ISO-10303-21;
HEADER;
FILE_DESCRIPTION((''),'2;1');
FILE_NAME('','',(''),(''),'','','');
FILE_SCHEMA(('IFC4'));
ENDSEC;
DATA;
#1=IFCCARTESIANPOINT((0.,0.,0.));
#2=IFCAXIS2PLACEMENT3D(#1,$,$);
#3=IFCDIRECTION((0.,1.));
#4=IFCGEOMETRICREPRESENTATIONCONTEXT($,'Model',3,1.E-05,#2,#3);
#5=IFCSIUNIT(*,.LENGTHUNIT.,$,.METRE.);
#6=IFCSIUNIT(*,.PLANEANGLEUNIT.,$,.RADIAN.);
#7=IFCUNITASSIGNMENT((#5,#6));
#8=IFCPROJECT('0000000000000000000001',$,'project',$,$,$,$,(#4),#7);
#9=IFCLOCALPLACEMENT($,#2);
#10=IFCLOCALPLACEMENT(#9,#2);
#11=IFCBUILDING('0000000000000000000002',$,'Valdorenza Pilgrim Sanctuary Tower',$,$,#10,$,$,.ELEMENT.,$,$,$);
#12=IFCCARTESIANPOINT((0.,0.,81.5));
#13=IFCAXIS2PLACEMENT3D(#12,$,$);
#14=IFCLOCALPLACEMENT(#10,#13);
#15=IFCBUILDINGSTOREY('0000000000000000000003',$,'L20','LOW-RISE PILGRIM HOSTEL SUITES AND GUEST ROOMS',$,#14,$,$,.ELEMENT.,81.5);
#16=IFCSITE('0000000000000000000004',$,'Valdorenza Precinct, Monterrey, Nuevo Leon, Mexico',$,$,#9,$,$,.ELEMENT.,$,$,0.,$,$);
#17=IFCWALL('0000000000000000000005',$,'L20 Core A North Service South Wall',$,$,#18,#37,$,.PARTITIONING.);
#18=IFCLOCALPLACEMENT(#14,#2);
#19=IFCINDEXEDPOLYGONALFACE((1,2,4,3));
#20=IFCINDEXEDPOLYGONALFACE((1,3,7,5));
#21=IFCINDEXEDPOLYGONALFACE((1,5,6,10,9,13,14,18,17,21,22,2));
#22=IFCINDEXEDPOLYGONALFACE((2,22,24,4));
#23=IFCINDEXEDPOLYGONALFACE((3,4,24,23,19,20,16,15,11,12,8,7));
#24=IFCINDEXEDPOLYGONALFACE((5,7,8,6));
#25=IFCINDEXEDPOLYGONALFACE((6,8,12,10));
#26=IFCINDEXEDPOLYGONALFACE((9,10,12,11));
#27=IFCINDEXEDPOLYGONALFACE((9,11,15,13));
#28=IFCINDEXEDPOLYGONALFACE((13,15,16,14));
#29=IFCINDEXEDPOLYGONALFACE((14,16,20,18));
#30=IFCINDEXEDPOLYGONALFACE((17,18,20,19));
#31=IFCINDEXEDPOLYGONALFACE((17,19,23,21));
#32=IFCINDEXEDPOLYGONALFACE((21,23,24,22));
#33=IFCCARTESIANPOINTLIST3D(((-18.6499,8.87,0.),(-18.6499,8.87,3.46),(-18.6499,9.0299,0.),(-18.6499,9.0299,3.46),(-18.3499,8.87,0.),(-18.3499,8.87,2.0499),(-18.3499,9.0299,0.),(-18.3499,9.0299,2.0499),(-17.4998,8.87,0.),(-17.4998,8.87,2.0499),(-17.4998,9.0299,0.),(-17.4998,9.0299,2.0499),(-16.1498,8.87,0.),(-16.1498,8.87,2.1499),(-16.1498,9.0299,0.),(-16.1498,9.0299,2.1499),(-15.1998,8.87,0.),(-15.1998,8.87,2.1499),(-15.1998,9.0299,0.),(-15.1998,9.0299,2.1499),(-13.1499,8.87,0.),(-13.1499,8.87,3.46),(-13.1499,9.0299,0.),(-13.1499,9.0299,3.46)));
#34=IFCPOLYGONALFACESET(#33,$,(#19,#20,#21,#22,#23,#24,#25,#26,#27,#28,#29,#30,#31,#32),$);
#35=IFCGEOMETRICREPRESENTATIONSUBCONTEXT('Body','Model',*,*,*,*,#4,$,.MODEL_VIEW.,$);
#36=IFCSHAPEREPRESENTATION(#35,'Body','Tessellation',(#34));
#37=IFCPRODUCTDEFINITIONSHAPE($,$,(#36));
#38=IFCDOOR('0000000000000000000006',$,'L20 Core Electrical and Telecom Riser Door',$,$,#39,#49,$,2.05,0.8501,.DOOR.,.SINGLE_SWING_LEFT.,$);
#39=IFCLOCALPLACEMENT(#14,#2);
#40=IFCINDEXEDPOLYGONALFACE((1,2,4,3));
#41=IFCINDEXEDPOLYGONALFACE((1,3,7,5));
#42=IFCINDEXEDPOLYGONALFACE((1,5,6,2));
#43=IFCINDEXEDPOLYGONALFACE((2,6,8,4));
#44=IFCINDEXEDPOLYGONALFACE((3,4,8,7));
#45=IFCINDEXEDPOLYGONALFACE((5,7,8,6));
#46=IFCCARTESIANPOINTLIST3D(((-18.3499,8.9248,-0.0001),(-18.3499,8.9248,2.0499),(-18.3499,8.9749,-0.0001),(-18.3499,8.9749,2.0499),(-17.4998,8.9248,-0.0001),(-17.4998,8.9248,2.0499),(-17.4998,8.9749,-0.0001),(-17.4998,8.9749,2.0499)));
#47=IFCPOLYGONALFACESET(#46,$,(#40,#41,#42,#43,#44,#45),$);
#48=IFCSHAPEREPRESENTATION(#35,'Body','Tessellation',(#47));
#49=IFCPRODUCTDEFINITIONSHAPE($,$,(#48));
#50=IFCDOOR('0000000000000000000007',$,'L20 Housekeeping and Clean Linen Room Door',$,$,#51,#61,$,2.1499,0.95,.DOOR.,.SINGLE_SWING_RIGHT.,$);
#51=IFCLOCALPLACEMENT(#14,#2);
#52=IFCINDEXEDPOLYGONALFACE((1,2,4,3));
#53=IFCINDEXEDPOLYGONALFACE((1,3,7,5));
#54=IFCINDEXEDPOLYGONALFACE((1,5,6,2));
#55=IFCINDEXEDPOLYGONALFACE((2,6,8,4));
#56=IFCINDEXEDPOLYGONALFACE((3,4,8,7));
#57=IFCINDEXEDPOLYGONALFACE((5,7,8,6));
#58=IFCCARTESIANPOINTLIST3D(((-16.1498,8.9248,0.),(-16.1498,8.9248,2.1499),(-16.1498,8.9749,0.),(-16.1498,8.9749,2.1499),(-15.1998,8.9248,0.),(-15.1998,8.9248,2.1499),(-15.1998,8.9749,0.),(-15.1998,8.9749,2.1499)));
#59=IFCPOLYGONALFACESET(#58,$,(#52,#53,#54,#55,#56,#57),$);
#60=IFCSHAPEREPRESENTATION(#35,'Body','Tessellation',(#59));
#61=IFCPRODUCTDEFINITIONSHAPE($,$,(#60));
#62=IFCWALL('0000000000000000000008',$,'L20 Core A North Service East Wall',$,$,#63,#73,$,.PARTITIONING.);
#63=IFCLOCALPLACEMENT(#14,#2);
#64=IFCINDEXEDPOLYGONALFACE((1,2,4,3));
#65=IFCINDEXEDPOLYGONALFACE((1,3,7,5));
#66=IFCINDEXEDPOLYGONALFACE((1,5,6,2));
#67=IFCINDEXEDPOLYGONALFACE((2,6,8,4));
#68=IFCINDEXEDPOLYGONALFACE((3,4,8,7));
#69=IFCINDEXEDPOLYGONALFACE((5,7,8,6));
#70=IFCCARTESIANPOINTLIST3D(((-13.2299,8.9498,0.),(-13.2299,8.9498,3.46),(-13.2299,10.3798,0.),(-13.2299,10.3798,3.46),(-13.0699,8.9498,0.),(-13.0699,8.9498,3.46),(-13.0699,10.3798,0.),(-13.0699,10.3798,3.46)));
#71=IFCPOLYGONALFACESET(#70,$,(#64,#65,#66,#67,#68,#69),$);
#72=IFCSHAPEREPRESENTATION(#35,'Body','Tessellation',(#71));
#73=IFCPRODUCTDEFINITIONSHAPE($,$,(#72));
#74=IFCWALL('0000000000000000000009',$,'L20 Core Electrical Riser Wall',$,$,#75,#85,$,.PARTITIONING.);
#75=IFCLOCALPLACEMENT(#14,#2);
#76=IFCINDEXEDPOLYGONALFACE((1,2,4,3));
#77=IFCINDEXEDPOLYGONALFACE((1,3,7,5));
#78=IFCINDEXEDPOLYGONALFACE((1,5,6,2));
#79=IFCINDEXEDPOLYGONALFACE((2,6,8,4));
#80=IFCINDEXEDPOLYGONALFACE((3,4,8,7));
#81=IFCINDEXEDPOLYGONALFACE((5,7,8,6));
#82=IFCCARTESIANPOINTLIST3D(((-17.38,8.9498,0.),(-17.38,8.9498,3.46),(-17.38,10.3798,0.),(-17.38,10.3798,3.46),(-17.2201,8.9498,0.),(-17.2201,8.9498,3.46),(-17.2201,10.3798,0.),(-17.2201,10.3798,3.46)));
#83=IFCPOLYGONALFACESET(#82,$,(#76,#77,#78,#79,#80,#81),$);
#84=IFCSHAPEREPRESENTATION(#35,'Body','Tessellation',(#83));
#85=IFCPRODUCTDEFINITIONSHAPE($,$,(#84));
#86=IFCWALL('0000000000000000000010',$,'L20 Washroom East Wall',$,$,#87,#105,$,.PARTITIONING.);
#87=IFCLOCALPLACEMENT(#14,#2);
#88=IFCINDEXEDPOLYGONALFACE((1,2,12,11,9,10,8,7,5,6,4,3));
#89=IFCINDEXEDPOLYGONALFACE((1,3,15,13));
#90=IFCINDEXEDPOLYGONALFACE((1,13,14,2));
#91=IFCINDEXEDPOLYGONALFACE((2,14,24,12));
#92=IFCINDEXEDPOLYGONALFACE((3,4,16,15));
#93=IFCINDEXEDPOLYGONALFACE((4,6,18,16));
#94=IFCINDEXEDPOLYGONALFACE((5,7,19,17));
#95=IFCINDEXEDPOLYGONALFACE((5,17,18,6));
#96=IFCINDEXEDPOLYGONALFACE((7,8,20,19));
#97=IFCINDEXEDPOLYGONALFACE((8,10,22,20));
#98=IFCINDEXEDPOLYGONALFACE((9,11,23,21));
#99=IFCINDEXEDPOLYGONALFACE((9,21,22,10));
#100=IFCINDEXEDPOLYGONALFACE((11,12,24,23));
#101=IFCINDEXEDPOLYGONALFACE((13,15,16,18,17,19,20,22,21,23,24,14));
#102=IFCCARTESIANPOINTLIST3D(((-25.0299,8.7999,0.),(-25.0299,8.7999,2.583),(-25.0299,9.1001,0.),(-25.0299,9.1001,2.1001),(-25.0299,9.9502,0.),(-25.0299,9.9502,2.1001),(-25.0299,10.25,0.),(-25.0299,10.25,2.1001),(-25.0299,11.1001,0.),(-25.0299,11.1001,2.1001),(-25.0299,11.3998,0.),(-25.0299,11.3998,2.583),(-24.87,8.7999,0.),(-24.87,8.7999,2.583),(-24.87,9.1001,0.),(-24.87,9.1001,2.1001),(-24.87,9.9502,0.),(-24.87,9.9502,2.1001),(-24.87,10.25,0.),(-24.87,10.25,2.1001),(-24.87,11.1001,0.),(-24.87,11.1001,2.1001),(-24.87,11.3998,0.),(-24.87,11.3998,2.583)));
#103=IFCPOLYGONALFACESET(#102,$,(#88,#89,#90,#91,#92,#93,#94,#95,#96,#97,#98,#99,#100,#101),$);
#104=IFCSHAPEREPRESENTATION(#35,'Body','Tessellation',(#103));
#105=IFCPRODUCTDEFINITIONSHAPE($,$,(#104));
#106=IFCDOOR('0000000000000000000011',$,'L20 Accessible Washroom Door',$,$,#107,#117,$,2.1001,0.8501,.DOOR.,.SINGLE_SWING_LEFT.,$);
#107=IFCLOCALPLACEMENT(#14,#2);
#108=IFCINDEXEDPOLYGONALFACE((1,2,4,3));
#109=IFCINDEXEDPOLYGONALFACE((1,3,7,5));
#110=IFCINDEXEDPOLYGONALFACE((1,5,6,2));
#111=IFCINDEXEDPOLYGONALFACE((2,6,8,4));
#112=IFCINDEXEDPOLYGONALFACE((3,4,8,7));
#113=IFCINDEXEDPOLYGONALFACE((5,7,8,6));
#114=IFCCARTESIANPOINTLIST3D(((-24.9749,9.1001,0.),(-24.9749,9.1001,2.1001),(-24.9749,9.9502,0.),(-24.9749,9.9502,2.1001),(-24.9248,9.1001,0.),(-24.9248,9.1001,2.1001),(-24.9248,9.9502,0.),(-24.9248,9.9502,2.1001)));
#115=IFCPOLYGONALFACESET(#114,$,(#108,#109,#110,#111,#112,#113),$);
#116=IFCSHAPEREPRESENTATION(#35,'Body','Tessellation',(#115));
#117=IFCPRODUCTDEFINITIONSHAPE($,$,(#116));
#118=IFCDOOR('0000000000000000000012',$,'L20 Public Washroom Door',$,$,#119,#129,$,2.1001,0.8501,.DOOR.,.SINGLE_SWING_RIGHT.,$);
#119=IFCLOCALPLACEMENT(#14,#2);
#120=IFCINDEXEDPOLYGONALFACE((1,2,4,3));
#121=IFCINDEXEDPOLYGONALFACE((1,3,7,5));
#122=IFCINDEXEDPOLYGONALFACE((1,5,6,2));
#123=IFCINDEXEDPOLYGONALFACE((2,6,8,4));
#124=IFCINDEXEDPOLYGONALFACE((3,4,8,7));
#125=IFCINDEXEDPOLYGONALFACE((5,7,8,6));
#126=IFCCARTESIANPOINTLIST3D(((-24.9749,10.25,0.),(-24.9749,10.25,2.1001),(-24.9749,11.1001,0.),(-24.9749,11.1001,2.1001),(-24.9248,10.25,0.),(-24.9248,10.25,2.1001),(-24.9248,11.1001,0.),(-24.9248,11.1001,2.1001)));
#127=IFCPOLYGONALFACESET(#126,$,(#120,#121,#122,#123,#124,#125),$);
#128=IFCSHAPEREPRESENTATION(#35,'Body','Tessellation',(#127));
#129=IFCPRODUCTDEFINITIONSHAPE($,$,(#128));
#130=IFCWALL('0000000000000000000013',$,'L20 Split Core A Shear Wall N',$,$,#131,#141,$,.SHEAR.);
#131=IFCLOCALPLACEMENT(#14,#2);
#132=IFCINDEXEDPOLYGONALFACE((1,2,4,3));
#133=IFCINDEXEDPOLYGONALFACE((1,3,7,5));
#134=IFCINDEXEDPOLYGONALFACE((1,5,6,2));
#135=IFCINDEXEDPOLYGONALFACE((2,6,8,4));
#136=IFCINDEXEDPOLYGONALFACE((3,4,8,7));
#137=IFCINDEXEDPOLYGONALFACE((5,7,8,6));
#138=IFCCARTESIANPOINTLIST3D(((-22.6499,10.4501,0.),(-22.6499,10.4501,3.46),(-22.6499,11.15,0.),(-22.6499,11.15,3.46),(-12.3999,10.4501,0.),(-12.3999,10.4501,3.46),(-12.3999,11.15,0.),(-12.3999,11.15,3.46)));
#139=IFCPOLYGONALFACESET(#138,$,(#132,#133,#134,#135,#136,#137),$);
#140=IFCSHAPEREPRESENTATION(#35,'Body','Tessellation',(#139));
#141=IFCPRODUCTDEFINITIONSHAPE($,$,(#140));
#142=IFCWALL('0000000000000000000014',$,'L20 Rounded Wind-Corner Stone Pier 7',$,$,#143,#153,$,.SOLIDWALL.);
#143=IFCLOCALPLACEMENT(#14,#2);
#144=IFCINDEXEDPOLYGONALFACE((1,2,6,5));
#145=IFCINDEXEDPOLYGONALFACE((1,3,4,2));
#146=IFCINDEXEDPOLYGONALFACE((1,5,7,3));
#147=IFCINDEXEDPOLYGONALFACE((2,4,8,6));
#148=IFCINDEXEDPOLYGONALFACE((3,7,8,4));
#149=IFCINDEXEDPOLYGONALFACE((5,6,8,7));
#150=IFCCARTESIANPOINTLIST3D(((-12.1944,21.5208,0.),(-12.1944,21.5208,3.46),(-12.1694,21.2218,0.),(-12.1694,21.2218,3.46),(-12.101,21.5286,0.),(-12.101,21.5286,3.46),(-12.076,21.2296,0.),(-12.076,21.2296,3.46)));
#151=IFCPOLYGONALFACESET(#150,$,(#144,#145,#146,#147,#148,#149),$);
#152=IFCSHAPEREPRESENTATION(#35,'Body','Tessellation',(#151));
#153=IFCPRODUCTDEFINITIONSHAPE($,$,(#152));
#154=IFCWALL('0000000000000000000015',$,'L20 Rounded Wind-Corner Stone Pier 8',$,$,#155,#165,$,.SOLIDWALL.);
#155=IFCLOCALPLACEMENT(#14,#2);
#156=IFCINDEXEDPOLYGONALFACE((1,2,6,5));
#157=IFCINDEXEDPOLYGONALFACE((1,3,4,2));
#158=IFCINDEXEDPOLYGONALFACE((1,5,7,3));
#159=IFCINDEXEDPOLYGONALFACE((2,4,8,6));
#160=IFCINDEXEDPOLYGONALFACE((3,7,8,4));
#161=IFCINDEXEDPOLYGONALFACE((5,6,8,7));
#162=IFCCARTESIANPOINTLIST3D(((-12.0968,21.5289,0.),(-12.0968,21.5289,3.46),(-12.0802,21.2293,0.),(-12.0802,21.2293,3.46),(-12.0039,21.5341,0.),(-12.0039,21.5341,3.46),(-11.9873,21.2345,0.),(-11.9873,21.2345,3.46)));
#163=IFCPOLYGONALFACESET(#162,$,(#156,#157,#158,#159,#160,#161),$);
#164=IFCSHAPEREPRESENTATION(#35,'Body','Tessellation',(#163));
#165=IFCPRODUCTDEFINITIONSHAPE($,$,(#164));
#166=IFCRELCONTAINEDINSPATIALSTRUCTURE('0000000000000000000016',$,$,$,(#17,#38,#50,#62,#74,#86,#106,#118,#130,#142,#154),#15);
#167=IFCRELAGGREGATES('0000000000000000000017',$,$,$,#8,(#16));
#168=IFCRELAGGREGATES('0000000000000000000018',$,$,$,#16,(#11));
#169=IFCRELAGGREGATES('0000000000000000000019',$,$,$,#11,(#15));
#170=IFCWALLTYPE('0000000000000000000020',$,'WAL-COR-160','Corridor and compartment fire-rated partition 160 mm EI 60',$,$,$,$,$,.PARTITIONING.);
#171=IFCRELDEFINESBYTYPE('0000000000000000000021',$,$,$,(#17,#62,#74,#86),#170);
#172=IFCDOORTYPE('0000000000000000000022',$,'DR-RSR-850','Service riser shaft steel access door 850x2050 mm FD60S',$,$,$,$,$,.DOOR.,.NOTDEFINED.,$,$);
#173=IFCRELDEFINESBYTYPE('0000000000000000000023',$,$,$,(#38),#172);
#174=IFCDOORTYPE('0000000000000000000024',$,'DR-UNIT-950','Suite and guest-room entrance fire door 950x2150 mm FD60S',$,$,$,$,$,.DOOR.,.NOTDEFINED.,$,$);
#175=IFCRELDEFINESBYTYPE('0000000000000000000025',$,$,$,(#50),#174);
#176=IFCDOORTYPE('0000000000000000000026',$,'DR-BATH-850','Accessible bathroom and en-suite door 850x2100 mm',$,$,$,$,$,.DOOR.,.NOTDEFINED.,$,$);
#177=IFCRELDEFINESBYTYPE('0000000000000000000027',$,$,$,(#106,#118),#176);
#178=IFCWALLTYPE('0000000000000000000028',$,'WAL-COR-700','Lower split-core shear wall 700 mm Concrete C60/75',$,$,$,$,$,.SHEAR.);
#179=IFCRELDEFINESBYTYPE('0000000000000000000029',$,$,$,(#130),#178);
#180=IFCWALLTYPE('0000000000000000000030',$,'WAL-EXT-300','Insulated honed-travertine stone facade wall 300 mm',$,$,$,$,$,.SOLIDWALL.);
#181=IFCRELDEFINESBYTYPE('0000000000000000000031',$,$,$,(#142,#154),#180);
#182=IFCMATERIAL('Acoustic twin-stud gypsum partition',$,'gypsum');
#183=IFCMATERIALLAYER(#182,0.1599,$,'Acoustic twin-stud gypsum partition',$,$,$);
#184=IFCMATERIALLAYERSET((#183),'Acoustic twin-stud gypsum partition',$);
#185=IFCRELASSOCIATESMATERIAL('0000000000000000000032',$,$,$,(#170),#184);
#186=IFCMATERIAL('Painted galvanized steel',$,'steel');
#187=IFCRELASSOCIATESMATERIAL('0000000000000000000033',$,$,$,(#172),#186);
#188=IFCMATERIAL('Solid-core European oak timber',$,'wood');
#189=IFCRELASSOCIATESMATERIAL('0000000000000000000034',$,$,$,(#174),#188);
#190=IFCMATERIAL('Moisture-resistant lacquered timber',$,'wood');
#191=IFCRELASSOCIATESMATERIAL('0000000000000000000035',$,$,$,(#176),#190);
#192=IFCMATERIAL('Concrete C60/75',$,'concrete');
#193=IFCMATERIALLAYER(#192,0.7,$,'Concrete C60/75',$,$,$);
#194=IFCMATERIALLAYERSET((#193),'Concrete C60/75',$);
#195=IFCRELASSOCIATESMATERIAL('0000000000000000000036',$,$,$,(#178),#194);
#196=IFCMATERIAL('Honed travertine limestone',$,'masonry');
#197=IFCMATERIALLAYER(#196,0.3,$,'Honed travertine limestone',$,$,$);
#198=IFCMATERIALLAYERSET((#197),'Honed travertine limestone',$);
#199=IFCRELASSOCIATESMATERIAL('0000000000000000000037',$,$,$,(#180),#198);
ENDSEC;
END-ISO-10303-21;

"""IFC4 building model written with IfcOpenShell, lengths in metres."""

from ifc_helpers import new_model, si_unit, direction, frame, frame_2d, origin, place, context, subcontext, project, spatial, rectangle, extrude, material, layer, layer_set, type_object, element, fill, save


model = new_model("IFC4")

# Units and contexts
model_context = context("Model", 3, precision=1e-05, world=origin(), true_north=direction((0.0, 1.0)))
body_context = subcontext(model_context, "Body", "Model", "MODEL_VIEW")
ifc_project = project(units=[si_unit("LENGTHUNIT", "METRE"), si_unit("PLANEANGLEUNIT", "RADIAN")], contexts=[model_context])

# Site, building, storey
site_placement = place(None, origin())
site = spatial("IfcSite", under=ifc_project, at=site_placement, Name="Valdorenza Precinct, Monterrey, Nuevo Leon, Mexico", CompositionType="ELEMENT", RefElevation=0.0)
building_placement = place(site_placement, origin())
building = spatial("IfcBuilding", under=site, at=building_placement, Name="Valdorenza Pilgrim Sanctuary Tower", CompositionType="ELEMENT")
storey_placement = place(building_placement, frame((0.0, 0.0, 81.5)))
storey = spatial("IfcBuildingStorey", under=building, at=storey_placement, Name="L20", Description="LOW-RISE PILGRIM HOSTEL SUITES AND GUEST ROOMS", CompositionType="ELEMENT", Elevation=81.5)

# Shared definitions
ifc_material_1 = material(Name="Concrete C60/75", Category="concrete")

# Shared definitions
ifc_material_2 = material(Name="Honed travertine limestone", Category="masonry")

# Wall, openings, doors
ifc_material_3 = material(Name="Acoustic twin-stud gypsum partition", Category="gypsum")
ifc_layer_1 = layer(ifc_material_3, 0.1599, Name="Acoustic twin-stud gypsum partition")
ifc_layer_set_1 = layer_set([ifc_layer_1], Name="Acoustic twin-stud gypsum partition")
wall_type_1 = type_object("IfcWallType", Name="WAL-COR-160", Description="Corridor and compartment fire-rated partition 160 mm EI 60", PredefinedType="PARTITIONING", material=ifc_layer_set_1)
wall_1_placement = place(storey_placement, frame((-18.6499, 8.95, 0.0), z_axis=(0.0, 0.0, 1.0), x_axis=(1.0, 0.0, 0.0)))
wall_1 = element("IfcWall", 1, at=wall_1_placement, inside=storey, type_object=wall_type_1, Name="L20 Core A North Service South Wall", PredefinedType="PARTITIONING", context=body_context, shape_type="SweptSolid", body=[
    extrude(rectangle(XDim=5.5, YDim=0.1599, at=frame_2d((2.75, 0.0))), origin(), (0.0, 0.0, 1.0), 3.46),
])
opening_1_placement = place(wall_1_placement, frame((0.3, 0.0, 0.0)))
opening_1 = element("IfcOpeningElement", 2, at=opening_1_placement, cuts=wall_1, PredefinedType="OPENING", context=body_context, shape_type="SweptSolid", body=[
    extrude(rectangle(XDim=0.8501, YDim=2.05, at=frame_2d((0.425, 1.0249))), frame((0.0, 0.0947, 0.0), z_axis=(0.0, -1.0, 0.0), x_axis=(1.0, 0.0, 0.0)), (0.0, 0.0, 1.0), 0.1897),
])
opening_2_placement = place(wall_1_placement, frame((2.5, 0.0, 0.0)))
opening_2 = element("IfcOpeningElement", 3, at=opening_2_placement, cuts=wall_1, PredefinedType="OPENING", context=body_context, shape_type="SweptSolid", body=[
    extrude(rectangle(XDim=0.95, YDim=2.1499, at=frame_2d((0.4751, 1.075))), frame((0.0, 0.0947, 0.0), z_axis=(0.0, -1.0, 0.0), x_axis=(1.0, 0.0, 0.0)), (0.0, 0.0, 1.0), 0.1897),
])
ifc_material_4 = material(Name="Painted galvanized steel", Category="steel")
door_type_1 = type_object("IfcDoorType", Name="DR-RSR-850", Description="Service riser shaft steel access door 850x2050 mm FD60S", OperationType="NOTDEFINED", PredefinedType="DOOR", material=ifc_material_4)
door_1_placement = place(opening_1_placement, origin())
door_1 = element("IfcDoor", 4, at=door_1_placement, inside=storey, type_object=door_type_1, Name="L20 Core Electrical and Telecom Riser Door", OperationType="SINGLE_SWING_LEFT", OverallHeight=2.05, OverallWidth=0.8501, PredefinedType="DOOR", context=body_context, shape_type="SweptSolid", body=[
    extrude(rectangle(XDim=0.8501, YDim=2.05, at=frame_2d((0.425, 1.0249))), frame((0.0, 0.0249, 0.0), z_axis=(0.0, -1.0, 0.0), x_axis=(1.0, 0.0, 0.0)), (0.0, 0.0, 1.0), 0.05),
])
fill(opening_1, door_1)
ifc_material_5 = material(Name="Solid-core European oak timber", Category="wood")
door_type_2 = type_object("IfcDoorType", Name="DR-UNIT-950", Description="Suite and guest-room entrance fire door 950x2150 mm FD60S", OperationType="NOTDEFINED", PredefinedType="DOOR", material=ifc_material_5)
door_2_placement = place(opening_2_placement, origin())
door_2 = element("IfcDoor", 5, at=door_2_placement, inside=storey, type_object=door_type_2, Name="L20 Housekeeping and Clean Linen Room Door", OperationType="SINGLE_SWING_RIGHT", OverallHeight=2.1499, OverallWidth=0.95, PredefinedType="DOOR", context=body_context, shape_type="SweptSolid", body=[
    extrude(rectangle(XDim=0.95, YDim=2.1499, at=frame_2d((0.4751, 1.075))), frame((0.0, 0.0249, 0.0), z_axis=(0.0, -1.0, 0.0), x_axis=(1.0, 0.0, 0.0)), (0.0, 0.0, 1.0), 0.05),
])
fill(opening_2, door_2)

# Walls
for number, where, z_axis, x_axis, name in (
    (6, (-13.1499, 8.95, 0.0), (0.0, 0.0, 1.0), (0.0, 1.0, 0.0), "L20 Core A North Service East Wall"),
    (7, (-17.3, 8.95, 0.0), (0.0, 0.0, 1.0), (0.0, 1.0, 0.0), "L20 Core Electrical Riser Wall"),
):
    element("IfcWall", number, at=place(storey_placement, frame(where, z_axis=z_axis, x_axis=x_axis)), inside=storey, type_object=wall_type_1, Name=name, PredefinedType="PARTITIONING", context=body_context, shape_type="SweptSolid", body=[
        extrude(rectangle(XDim=1.4299, YDim=0.1599, at=frame_2d((0.7148, 0.0))), origin(), (0.0, 0.0, 1.0), 3.46),
    ])

# Wall, openings, doors
wall_2_placement = place(storey_placement, frame((-24.95, 8.8, 0.0), z_axis=(0.0, 0.0, 1.0), x_axis=(0.0, 1.0, 0.0)))
wall_2 = element("IfcWall", 8, at=wall_2_placement, inside=storey, type_object=wall_type_1, Name="L20 Washroom East Wall", PredefinedType="PARTITIONING", context=body_context, shape_type="SweptSolid", body=[
    extrude(rectangle(XDim=2.5999, YDim=0.1599, at=frame_2d((1.2998, 0.0))), origin(), (0.0, 0.0, 1.0), 2.583),
])
opening_3_placement = place(wall_2_placement, frame((0.3, 0.0, 0.0)))
opening_3 = element("IfcOpeningElement", 9, at=opening_3_placement, cuts=wall_2, PredefinedType="OPENING", context=body_context, shape_type="SweptSolid", body=[
    extrude(rectangle(XDim=0.8501, YDim=2.1001, at=frame_2d((0.425, 1.05))), frame((0.0, 0.0947, 0.0), z_axis=(0.0, -1.0, 0.0), x_axis=(1.0, 0.0, 0.0)), (0.0, 0.0, 1.0), 0.1897),
])
opening_4_placement = place(wall_2_placement, frame((1.45, 0.0, 0.0)))
opening_4 = element("IfcOpeningElement", 10, at=opening_4_placement, cuts=wall_2, PredefinedType="OPENING", context=body_context, shape_type="SweptSolid", body=[
    extrude(rectangle(XDim=0.8501, YDim=2.1001, at=frame_2d((0.425, 1.05))), frame((0.0, 0.0947, 0.0), z_axis=(0.0, -1.0, 0.0), x_axis=(1.0, 0.0, 0.0)), (0.0, 0.0, 1.0), 0.1897),
])
ifc_material_6 = material(Name="Moisture-resistant lacquered timber", Category="wood")
door_type_3 = type_object("IfcDoorType", Name="DR-BATH-850", Description="Accessible bathroom and en-suite door 850x2100 mm", OperationType="NOTDEFINED", PredefinedType="DOOR", material=ifc_material_6)
door_3_placement = place(opening_3_placement, origin())
door_3 = element("IfcDoor", 11, at=door_3_placement, inside=storey, type_object=door_type_3, Name="L20 Accessible Washroom Door", OperationType="SINGLE_SWING_LEFT", OverallHeight=2.1001, OverallWidth=0.8501, PredefinedType="DOOR", context=body_context, shape_type="SweptSolid", body=[
    extrude(rectangle(XDim=0.8501, YDim=2.1001, at=frame_2d((0.425, 1.05))), frame((0.0, 0.0249, 0.0), z_axis=(0.0, -1.0, 0.0), x_axis=(1.0, 0.0, 0.0)), (0.0, 0.0, 1.0), 0.05),
])
fill(opening_3, door_3)
door_4_placement = place(opening_4_placement, origin())
door_4 = element("IfcDoor", 12, at=door_4_placement, inside=storey, type_object=door_type_3, Name="L20 Public Washroom Door", OperationType="SINGLE_SWING_RIGHT", OverallHeight=2.1001, OverallWidth=0.8501, PredefinedType="DOOR", context=body_context, shape_type="SweptSolid", body=[
    extrude(rectangle(XDim=0.8501, YDim=2.1001, at=frame_2d((0.425, 1.05))), frame((0.0, 0.0249, 0.0), z_axis=(0.0, -1.0, 0.0), x_axis=(1.0, 0.0, 0.0)), (0.0, 0.0, 1.0), 0.05),
])
fill(opening_4, door_4)

# Walls
ifc_layer_2 = layer(ifc_material_1, 0.7, Name="Concrete C60/75")
ifc_layer_set_2 = layer_set([ifc_layer_2], Name="Concrete C60/75")
wall_type_2 = type_object("IfcWallType", Name="WAL-COR-700", Description="Lower split-core shear wall 700 mm Concrete C60/75", PredefinedType="SHEAR", material=ifc_layer_set_2)
wall_3_placement = place(storey_placement, frame((-22.6499, 10.8, 0.0), z_axis=(0.0, 0.0, 1.0), x_axis=(1.0, 0.0, 0.0)))
element("IfcWall", 13, at=wall_3_placement, inside=storey, type_object=wall_type_2, Name="L20 Split Core A Shear Wall N", PredefinedType="SHEAR", context=body_context, shape_type="SweptSolid", body=[
    extrude(rectangle(XDim=10.25, YDim=0.7, at=frame_2d((5.125, 0.0))), origin(), (0.0, 0.0, 1.0), 3.46),
])
ifc_layer_3 = layer(ifc_material_2, 0.3, Name="Honed travertine limestone")
ifc_layer_set_3 = layer_set([ifc_layer_3], Name="Honed travertine limestone")
wall_type_3 = type_object("IfcWallType", Name="WAL-EXT-300", Description="Insulated honed-travertine stone facade wall 300 mm", PredefinedType="SOLIDWALL", material=ifc_layer_set_3)
wall_4_placement = place(storey_placement, frame((-12.1819, 21.3713, 0.0), z_axis=(0.0, 0.0, 1.0), x_axis=(0.996528, 0.083261, 0.0)))
element("IfcWall", 14, at=wall_4_placement, inside=storey, type_object=wall_type_3, Name="L20 Rounded Wind-Corner Stone Pier 7", PredefinedType="SOLIDWALL", context=body_context, shape_type="SweptSolid", body=[
    extrude(rectangle(XDim=0.0938, YDim=0.3, at=frame_2d((0.0469, 0.0))), origin(), (0.0, 0.0, 1.0), 3.46),
])
wall_5_placement = place(storey_placement, frame((-12.0884, 21.3792, 0.0), z_axis=(0.0, 0.0, 1.0), x_axis=(0.998476, 0.055179, 0.0)))
element("IfcWall", 15, at=wall_5_placement, inside=storey, type_object=wall_type_3, Name="L20 Rounded Wind-Corner Stone Pier 8", PredefinedType="SOLIDWALL", context=body_context, shape_type="SweptSolid", body=[
    extrude(rectangle(XDim=0.093, YDim=0.3, at=frame_2d((0.0464, 0.0))), origin(), (0.0, 0.0, 1.0), 3.46),
])

save(model, "model.ifc")
